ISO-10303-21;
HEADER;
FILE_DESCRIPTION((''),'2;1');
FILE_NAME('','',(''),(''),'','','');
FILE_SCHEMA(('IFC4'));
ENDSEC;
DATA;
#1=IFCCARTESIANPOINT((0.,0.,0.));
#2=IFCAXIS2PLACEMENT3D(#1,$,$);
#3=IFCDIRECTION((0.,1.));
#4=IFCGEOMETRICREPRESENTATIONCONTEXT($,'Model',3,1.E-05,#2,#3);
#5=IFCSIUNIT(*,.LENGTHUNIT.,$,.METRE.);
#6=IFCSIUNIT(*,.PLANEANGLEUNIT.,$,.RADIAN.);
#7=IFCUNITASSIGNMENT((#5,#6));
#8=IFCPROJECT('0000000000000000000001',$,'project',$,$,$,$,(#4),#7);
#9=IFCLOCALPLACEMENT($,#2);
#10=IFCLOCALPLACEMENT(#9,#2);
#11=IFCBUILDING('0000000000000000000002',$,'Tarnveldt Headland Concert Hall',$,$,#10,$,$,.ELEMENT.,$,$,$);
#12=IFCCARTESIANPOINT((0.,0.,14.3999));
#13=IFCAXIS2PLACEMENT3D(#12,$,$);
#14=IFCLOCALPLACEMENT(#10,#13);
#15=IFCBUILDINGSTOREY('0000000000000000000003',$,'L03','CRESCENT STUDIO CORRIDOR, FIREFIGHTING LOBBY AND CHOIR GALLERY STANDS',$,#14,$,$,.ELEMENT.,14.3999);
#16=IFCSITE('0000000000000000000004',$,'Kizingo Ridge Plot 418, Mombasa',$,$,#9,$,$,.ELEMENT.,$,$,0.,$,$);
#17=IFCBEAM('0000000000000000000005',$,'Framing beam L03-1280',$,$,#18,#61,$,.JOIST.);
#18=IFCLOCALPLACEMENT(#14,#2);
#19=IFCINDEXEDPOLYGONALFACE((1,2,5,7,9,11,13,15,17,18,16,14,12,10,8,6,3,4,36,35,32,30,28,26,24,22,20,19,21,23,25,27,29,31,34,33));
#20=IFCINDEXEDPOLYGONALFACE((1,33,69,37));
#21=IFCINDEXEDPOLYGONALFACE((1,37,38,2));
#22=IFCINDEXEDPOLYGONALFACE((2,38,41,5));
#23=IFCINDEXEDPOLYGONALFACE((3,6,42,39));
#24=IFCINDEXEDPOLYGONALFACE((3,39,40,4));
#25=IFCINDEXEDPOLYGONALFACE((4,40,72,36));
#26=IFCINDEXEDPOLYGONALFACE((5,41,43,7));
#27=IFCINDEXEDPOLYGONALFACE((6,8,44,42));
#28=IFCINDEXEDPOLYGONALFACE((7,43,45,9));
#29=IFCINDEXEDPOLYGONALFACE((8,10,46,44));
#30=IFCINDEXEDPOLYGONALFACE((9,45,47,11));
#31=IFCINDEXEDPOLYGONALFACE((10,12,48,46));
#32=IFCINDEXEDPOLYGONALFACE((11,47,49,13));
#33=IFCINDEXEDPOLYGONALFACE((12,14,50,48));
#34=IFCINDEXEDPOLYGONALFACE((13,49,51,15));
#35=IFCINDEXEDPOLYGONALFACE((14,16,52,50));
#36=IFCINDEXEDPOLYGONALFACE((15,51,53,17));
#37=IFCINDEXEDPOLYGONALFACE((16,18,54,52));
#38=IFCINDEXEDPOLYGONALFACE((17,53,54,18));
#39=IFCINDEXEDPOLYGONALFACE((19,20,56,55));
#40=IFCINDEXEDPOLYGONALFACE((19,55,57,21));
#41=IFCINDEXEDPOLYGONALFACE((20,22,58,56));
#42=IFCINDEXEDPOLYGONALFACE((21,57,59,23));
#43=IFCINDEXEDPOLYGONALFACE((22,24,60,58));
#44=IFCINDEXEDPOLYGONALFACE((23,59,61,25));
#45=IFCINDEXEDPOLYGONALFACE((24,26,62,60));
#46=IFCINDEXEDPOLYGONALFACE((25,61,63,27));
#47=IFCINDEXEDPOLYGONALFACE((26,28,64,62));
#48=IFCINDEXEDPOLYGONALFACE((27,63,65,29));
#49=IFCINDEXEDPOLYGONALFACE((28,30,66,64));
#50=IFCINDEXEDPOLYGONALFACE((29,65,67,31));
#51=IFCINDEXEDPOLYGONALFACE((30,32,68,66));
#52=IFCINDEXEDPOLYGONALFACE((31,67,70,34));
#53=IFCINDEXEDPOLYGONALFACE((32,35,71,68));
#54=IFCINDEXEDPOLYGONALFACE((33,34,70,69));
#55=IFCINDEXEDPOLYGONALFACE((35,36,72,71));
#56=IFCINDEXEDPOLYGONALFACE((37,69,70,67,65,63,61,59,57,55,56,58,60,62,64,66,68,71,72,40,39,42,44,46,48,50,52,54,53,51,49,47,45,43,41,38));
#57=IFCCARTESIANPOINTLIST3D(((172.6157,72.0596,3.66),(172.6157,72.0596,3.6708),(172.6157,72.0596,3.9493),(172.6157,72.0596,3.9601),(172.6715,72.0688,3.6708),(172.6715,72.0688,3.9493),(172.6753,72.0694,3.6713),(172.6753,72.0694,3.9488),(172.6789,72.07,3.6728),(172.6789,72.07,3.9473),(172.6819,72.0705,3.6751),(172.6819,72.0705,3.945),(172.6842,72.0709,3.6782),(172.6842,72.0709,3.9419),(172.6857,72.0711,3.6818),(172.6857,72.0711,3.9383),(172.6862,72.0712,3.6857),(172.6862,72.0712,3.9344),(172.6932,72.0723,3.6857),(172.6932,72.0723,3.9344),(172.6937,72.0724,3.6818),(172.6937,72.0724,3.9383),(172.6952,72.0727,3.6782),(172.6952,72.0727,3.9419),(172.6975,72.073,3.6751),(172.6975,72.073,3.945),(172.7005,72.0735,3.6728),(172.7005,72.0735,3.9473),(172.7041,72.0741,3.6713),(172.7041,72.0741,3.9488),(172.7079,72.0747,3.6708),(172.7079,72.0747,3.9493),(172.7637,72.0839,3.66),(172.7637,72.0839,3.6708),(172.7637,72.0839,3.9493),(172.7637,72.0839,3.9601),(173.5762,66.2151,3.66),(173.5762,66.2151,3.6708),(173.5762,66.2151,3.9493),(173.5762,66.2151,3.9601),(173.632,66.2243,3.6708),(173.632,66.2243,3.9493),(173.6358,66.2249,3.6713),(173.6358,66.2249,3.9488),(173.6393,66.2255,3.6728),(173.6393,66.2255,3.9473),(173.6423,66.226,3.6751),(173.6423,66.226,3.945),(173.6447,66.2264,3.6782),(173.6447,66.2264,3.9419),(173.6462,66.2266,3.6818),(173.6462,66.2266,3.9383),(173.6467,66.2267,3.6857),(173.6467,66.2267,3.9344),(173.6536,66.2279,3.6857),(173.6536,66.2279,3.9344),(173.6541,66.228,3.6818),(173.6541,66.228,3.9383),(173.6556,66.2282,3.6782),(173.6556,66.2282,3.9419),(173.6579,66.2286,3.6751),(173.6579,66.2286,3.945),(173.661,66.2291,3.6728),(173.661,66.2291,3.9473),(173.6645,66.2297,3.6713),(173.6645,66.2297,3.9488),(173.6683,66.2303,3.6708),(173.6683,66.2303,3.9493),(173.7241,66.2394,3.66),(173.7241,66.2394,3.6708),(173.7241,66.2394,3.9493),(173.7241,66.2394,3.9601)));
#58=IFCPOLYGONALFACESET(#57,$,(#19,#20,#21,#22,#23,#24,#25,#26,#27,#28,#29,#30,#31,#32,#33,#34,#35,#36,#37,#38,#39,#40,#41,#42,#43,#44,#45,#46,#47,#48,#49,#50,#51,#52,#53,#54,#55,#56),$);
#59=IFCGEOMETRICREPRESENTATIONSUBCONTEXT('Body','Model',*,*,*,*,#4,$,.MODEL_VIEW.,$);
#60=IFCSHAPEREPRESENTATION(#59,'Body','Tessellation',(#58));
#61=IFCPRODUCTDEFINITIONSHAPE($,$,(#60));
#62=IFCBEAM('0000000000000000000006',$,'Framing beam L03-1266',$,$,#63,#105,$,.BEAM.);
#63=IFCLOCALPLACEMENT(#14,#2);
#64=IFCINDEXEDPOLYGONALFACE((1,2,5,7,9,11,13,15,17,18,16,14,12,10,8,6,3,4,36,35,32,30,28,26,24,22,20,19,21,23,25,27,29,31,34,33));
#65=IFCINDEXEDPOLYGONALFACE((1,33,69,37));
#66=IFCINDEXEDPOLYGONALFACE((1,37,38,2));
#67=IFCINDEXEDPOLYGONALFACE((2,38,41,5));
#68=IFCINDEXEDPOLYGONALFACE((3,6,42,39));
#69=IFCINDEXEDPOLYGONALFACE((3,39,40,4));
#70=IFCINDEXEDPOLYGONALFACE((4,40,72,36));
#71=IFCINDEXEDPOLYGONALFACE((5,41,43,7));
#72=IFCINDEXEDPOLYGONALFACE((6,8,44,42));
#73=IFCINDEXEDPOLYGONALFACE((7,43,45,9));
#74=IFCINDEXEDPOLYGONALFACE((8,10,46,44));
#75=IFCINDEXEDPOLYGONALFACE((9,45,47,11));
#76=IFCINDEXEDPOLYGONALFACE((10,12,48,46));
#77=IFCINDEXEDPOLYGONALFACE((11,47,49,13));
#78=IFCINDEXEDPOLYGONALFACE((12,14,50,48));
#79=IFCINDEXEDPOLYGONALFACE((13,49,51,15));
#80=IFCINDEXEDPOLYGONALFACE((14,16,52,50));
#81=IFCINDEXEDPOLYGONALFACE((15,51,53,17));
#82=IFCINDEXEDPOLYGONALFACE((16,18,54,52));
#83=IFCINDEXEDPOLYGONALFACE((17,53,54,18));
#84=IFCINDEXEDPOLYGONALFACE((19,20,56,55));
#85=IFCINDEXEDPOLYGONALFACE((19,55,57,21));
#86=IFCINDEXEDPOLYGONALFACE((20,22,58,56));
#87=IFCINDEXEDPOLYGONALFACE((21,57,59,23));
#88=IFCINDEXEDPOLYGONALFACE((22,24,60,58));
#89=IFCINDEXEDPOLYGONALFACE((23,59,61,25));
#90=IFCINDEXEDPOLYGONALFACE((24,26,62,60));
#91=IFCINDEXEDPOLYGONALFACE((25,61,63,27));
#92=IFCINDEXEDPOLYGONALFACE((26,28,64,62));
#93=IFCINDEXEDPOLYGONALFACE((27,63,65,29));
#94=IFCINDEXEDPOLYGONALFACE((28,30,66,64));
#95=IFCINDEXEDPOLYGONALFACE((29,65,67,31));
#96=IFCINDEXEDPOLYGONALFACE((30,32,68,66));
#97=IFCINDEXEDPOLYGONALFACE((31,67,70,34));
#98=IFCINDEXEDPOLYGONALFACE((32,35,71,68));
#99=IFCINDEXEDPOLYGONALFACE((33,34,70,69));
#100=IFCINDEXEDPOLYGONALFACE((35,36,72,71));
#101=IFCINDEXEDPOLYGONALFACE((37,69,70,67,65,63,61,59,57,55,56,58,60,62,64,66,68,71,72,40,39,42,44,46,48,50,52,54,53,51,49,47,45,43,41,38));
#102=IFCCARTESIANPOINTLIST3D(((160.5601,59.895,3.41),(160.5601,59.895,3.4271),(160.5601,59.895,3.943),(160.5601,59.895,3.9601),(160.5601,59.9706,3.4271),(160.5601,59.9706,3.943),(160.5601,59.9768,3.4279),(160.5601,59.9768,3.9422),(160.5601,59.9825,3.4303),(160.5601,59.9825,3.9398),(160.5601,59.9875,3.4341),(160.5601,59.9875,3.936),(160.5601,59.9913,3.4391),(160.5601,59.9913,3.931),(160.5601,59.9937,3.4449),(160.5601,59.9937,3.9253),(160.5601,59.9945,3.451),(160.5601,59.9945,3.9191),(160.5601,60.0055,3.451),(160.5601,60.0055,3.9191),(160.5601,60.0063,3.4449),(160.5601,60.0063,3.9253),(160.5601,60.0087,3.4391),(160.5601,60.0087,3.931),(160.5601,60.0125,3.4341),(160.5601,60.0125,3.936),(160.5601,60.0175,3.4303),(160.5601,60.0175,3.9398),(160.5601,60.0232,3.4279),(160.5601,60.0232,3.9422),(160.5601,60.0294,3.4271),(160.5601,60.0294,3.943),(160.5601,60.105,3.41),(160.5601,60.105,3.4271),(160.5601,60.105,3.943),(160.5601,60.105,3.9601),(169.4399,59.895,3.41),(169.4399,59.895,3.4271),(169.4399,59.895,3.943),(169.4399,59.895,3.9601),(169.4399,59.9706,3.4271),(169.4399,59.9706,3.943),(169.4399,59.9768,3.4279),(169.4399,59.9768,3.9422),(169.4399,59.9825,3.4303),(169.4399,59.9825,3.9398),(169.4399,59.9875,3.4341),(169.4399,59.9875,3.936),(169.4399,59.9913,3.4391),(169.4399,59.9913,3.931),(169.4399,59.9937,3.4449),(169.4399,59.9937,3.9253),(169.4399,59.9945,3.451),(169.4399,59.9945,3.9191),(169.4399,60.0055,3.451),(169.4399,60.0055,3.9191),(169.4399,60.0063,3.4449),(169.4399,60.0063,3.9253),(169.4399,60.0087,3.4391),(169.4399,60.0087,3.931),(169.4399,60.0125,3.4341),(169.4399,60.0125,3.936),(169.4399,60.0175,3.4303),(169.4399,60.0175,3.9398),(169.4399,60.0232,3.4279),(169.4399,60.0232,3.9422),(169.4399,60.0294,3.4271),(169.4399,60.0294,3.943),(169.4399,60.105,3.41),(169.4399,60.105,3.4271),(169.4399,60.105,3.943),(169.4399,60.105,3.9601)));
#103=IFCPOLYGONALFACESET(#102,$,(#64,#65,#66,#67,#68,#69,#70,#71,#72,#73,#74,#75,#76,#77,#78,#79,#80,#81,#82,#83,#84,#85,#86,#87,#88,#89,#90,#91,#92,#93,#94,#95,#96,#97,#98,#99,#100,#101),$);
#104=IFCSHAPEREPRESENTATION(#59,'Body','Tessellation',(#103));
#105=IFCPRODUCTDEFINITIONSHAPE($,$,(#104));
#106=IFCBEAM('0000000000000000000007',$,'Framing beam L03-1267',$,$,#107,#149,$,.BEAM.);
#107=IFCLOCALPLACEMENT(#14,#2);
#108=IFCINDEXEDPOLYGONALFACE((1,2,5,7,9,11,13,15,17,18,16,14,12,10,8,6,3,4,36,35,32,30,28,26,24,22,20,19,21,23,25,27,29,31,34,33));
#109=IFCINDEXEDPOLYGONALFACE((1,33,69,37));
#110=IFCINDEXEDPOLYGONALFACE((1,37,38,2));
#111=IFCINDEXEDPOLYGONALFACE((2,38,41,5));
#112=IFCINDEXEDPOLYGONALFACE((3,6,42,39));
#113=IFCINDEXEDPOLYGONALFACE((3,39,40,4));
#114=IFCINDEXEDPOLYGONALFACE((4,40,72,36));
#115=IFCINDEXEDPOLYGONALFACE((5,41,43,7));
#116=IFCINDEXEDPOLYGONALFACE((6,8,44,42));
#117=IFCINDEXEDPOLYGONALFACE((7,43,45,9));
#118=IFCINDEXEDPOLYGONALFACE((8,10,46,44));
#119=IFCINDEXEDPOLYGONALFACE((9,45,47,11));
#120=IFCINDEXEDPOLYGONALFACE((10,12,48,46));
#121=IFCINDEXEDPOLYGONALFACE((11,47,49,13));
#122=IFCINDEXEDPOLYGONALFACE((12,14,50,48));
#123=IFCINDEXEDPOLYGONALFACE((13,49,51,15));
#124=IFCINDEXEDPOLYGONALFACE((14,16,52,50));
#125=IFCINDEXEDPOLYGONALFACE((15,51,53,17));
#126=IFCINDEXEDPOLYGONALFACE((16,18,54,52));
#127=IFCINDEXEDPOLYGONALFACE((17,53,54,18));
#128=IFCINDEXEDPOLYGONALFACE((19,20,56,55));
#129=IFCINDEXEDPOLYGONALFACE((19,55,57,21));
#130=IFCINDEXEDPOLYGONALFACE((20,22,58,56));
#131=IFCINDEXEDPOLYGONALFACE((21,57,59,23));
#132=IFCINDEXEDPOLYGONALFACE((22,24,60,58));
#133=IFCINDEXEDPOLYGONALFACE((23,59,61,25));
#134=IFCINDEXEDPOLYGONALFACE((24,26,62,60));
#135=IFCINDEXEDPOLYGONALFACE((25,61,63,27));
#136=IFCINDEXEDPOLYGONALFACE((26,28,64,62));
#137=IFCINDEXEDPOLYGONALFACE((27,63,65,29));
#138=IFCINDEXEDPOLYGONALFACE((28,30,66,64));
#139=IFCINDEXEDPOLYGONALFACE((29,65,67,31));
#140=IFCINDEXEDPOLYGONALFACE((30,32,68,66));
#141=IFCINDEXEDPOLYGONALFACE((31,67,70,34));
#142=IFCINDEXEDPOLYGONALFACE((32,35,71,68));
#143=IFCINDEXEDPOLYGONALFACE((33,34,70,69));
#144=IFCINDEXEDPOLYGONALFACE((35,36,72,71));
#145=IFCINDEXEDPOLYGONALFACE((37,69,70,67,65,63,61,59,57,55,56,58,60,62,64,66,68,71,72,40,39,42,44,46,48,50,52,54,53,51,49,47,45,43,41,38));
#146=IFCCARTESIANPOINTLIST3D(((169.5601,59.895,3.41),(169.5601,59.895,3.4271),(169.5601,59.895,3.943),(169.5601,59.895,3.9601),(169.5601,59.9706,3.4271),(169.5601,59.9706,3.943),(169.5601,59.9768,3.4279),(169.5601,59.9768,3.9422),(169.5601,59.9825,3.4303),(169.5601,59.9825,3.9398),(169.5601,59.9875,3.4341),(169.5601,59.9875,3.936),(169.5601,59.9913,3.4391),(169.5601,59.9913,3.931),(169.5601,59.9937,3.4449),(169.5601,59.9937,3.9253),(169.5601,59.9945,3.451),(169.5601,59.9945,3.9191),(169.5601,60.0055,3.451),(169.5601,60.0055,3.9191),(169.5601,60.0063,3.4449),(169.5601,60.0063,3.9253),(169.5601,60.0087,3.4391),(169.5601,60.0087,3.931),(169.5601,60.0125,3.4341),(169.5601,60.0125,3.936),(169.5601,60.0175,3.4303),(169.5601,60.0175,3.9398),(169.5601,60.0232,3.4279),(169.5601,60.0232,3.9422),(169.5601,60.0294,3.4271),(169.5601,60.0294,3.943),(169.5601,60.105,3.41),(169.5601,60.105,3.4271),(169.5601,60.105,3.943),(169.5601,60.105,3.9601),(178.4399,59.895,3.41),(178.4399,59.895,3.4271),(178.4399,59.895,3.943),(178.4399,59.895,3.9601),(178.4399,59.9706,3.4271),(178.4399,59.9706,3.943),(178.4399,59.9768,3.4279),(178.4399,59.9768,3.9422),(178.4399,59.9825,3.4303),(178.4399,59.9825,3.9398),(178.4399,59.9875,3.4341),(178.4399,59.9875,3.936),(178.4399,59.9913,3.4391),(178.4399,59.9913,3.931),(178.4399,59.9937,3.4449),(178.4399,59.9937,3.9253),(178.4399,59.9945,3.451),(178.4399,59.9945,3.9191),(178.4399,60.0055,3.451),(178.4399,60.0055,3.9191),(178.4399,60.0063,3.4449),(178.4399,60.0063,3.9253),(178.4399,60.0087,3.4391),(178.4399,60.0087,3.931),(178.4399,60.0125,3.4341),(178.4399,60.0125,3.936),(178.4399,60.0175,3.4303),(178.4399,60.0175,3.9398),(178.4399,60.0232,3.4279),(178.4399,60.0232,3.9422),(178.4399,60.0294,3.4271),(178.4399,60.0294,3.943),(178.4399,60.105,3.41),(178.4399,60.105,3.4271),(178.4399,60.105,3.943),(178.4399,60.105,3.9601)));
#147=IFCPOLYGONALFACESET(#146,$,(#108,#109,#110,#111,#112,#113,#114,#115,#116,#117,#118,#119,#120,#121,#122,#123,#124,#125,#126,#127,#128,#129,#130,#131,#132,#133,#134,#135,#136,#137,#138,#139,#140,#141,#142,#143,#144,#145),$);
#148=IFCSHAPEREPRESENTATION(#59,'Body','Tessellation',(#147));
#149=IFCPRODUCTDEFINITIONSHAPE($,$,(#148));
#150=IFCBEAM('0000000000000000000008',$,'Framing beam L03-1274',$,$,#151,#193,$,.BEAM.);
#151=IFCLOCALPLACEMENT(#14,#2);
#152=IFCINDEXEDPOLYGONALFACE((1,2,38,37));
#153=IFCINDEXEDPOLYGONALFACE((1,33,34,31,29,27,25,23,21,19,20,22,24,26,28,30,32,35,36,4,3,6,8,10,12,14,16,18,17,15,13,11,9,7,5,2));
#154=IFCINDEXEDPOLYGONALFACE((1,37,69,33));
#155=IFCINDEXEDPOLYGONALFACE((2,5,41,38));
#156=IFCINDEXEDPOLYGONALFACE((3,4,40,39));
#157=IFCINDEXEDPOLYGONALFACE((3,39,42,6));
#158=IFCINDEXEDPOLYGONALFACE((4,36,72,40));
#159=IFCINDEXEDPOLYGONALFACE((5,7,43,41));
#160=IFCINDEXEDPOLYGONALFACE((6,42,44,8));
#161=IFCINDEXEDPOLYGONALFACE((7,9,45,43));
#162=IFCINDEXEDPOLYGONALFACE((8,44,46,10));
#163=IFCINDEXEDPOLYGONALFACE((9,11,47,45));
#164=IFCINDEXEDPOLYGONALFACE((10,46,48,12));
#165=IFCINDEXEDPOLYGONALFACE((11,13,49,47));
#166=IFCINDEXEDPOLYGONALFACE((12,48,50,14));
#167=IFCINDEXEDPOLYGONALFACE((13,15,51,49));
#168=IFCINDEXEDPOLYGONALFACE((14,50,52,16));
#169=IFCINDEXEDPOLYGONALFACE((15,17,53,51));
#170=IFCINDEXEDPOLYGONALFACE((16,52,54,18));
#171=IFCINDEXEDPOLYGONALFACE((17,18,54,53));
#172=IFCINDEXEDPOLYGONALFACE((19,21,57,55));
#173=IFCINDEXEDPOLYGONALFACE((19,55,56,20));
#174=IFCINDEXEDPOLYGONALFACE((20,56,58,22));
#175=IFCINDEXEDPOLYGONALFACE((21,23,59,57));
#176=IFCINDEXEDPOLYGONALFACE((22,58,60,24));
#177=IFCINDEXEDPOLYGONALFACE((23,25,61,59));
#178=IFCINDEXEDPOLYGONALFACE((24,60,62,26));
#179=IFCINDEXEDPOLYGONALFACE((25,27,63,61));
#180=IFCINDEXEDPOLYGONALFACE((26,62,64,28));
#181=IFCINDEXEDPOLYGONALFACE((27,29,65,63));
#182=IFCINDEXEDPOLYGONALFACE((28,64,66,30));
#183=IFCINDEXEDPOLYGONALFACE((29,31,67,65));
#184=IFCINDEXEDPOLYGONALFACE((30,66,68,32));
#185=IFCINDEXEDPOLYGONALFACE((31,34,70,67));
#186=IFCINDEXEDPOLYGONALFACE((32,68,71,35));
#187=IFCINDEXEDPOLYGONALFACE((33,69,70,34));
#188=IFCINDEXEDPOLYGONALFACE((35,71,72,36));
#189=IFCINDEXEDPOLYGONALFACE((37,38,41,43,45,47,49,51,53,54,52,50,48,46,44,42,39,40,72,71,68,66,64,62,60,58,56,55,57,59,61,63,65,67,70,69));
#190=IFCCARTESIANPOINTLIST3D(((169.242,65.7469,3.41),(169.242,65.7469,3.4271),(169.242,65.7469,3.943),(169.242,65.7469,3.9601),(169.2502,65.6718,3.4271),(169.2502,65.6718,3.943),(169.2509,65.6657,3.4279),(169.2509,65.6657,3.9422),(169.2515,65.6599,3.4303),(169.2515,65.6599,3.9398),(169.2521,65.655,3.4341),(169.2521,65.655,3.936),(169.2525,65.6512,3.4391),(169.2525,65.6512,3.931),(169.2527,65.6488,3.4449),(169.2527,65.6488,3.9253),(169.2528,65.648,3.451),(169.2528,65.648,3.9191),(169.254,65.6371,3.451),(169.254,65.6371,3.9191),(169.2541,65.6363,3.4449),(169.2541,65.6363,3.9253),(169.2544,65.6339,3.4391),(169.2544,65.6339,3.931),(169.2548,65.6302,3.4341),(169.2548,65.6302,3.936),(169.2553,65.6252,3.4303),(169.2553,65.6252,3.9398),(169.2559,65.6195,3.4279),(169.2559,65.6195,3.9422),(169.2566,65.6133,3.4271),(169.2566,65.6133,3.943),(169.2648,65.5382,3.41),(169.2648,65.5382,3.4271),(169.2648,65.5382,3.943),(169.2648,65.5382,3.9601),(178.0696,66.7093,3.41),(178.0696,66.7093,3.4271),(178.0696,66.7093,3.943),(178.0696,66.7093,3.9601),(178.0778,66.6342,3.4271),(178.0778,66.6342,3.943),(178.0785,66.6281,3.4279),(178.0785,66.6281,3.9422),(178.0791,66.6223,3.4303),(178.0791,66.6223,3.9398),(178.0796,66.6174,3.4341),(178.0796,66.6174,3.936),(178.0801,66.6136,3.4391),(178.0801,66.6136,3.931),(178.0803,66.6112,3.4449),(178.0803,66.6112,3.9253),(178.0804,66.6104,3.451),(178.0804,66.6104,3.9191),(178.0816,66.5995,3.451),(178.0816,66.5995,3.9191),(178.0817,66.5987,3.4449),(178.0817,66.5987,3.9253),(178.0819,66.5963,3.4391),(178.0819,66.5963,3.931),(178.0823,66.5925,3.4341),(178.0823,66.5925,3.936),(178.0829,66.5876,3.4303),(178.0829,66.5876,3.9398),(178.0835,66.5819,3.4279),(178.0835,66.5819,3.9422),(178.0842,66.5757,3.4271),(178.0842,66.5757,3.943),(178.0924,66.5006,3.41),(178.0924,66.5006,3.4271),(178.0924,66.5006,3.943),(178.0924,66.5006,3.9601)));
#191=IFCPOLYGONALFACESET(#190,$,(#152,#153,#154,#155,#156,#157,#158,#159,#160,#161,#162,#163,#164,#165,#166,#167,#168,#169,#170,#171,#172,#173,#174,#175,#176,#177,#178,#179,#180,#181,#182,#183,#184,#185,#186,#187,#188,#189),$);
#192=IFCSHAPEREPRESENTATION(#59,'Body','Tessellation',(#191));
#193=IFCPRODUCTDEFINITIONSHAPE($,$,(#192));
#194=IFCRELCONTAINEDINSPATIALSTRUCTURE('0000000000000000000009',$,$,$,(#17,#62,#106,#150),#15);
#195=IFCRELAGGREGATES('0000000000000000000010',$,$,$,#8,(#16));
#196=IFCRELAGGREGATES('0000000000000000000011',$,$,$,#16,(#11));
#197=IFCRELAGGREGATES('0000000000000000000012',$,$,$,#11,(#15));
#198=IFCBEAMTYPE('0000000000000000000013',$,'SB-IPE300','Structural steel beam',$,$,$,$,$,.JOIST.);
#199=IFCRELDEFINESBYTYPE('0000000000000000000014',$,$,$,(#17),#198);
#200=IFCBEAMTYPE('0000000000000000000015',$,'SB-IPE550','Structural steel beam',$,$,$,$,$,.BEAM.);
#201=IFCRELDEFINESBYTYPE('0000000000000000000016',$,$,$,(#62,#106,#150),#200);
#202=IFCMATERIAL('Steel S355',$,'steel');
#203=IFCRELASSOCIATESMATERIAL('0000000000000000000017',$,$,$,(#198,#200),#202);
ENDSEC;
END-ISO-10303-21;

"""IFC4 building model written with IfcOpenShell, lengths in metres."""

from ifc_helpers import new_model, si_unit, direction, frame, origin, origin_2d, place, context, subcontext, project, spatial, i_section, extrude, material, material_profile, profile_set, type_object, element, save


model = new_model("IFC4")

# Units and contexts
model_context = context("Model", 3, precision=1e-05, world=origin(), true_north=direction((0.0, 1.0)))
body_context = subcontext(model_context, "Body", "Model", "MODEL_VIEW")
ifc_project = project(units=[si_unit("LENGTHUNIT", "METRE"), si_unit("PLANEANGLEUNIT", "RADIAN")], contexts=[model_context])

# Site, building, storey
site_placement = place(None, origin())
site = spatial("IfcSite", under=ifc_project, at=site_placement, Name="Kizingo Ridge Plot 418, Mombasa", CompositionType="ELEMENT", RefElevation=0.0)
building_placement = place(site_placement, origin())
building = spatial("IfcBuilding", under=site, at=building_placement, Name="Tarnveldt Headland Concert Hall", CompositionType="ELEMENT")
storey_placement = place(building_placement, frame((0.0, 0.0, 14.3999)))
storey = spatial("IfcBuildingStorey", under=building, at=storey_placement, Name="L03", Description="CRESCENT STUDIO CORRIDOR, FIREFIGHTING LOBBY AND CHOIR GALLERY STANDS", CompositionType="ELEMENT", Elevation=14.3999)

# Shared definitions
ifc_material_1 = material(Name="Steel S355", Category="steel")

# Beams
ifc_material_profile_1 = material_profile(ifc_material_1, i_section(OverallWidth=0.1499, OverallDepth=0.3, WebThickness=0.0071, FlangeThickness=0.0107, FilletRadius=0.0149, at=origin_2d()), Name="IPE300", Category="steel")
ifc_profile_set_1 = profile_set([ifc_material_profile_1], Name="Steel S355")
beam_type_1 = type_object("IfcBeamType", Name="SB-IPE300", Description="Structural steel beam", PredefinedType="JOIST", material=ifc_profile_set_1)
beam_1_placement = place(storey_placement, frame((173.6501, 66.2273, 3.8101), z_axis=(-0.162159, 0.986765, 0.0), x_axis=(-0.986765, -0.162159, 0.0)))
element("IfcBeam", 1, at=beam_1_placement, inside=storey, type_object=beam_type_1, Name="Framing beam L03-1280", PredefinedType="JOIST", context=body_context, shape_type="SweptSolid", body=[
    extrude(i_section(OverallWidth=0.1499, OverallDepth=0.3, WebThickness=0.0071, FlangeThickness=0.0107, FilletRadius=0.0149, at=origin_2d()), origin(), (0.0, 0.0, 1.0), 5.9229),
])
ifc_material_profile_2 = material_profile(ifc_material_1, i_section(OverallWidth=0.21, OverallDepth=0.55, WebThickness=0.011, FlangeThickness=0.0171, FilletRadius=0.0239, at=origin_2d()), Name="IPE550", Category="steel")
ifc_profile_set_2 = profile_set([ifc_material_profile_2], Name="Steel S355")
beam_type_2 = type_object("IfcBeamType", Name="SB-IPE550", Description="Structural steel beam", PredefinedType="BEAM", material=ifc_profile_set_2)
for number, where, z_axis, x_axis, name in (
    (2, (160.5601, 60.0, 3.6851), (1.0, 0.0, 0.0), (0.0, 1.0, 0.0), "Framing beam L03-1266"),
    (3, (169.5601, 60.0, 3.6851), (1.0, 0.0, 0.0), (0.0, 1.0, 0.0), "Framing beam L03-1267"),
    (4, (169.2534, 65.6426, 3.6851), (0.99411, 0.108379, 0.0), (-0.108379, 0.99411, 0.0), "Framing beam L03-1274"),
):
    element("IfcBeam", number, at=place(storey_placement, frame(where, z_axis=z_axis, x_axis=x_axis)), inside=storey, type_object=beam_type_2, Name=name, PredefinedType="BEAM", context=body_context, shape_type="SweptSolid", body=[
        extrude(i_section(OverallWidth=0.21, OverallDepth=0.55, WebThickness=0.011, FlangeThickness=0.0171, FilletRadius=0.0239, at=origin_2d()), origin(), (0.0, 0.0, 1.0), 8.8799),
    ])

save(model, "model.ifc")
